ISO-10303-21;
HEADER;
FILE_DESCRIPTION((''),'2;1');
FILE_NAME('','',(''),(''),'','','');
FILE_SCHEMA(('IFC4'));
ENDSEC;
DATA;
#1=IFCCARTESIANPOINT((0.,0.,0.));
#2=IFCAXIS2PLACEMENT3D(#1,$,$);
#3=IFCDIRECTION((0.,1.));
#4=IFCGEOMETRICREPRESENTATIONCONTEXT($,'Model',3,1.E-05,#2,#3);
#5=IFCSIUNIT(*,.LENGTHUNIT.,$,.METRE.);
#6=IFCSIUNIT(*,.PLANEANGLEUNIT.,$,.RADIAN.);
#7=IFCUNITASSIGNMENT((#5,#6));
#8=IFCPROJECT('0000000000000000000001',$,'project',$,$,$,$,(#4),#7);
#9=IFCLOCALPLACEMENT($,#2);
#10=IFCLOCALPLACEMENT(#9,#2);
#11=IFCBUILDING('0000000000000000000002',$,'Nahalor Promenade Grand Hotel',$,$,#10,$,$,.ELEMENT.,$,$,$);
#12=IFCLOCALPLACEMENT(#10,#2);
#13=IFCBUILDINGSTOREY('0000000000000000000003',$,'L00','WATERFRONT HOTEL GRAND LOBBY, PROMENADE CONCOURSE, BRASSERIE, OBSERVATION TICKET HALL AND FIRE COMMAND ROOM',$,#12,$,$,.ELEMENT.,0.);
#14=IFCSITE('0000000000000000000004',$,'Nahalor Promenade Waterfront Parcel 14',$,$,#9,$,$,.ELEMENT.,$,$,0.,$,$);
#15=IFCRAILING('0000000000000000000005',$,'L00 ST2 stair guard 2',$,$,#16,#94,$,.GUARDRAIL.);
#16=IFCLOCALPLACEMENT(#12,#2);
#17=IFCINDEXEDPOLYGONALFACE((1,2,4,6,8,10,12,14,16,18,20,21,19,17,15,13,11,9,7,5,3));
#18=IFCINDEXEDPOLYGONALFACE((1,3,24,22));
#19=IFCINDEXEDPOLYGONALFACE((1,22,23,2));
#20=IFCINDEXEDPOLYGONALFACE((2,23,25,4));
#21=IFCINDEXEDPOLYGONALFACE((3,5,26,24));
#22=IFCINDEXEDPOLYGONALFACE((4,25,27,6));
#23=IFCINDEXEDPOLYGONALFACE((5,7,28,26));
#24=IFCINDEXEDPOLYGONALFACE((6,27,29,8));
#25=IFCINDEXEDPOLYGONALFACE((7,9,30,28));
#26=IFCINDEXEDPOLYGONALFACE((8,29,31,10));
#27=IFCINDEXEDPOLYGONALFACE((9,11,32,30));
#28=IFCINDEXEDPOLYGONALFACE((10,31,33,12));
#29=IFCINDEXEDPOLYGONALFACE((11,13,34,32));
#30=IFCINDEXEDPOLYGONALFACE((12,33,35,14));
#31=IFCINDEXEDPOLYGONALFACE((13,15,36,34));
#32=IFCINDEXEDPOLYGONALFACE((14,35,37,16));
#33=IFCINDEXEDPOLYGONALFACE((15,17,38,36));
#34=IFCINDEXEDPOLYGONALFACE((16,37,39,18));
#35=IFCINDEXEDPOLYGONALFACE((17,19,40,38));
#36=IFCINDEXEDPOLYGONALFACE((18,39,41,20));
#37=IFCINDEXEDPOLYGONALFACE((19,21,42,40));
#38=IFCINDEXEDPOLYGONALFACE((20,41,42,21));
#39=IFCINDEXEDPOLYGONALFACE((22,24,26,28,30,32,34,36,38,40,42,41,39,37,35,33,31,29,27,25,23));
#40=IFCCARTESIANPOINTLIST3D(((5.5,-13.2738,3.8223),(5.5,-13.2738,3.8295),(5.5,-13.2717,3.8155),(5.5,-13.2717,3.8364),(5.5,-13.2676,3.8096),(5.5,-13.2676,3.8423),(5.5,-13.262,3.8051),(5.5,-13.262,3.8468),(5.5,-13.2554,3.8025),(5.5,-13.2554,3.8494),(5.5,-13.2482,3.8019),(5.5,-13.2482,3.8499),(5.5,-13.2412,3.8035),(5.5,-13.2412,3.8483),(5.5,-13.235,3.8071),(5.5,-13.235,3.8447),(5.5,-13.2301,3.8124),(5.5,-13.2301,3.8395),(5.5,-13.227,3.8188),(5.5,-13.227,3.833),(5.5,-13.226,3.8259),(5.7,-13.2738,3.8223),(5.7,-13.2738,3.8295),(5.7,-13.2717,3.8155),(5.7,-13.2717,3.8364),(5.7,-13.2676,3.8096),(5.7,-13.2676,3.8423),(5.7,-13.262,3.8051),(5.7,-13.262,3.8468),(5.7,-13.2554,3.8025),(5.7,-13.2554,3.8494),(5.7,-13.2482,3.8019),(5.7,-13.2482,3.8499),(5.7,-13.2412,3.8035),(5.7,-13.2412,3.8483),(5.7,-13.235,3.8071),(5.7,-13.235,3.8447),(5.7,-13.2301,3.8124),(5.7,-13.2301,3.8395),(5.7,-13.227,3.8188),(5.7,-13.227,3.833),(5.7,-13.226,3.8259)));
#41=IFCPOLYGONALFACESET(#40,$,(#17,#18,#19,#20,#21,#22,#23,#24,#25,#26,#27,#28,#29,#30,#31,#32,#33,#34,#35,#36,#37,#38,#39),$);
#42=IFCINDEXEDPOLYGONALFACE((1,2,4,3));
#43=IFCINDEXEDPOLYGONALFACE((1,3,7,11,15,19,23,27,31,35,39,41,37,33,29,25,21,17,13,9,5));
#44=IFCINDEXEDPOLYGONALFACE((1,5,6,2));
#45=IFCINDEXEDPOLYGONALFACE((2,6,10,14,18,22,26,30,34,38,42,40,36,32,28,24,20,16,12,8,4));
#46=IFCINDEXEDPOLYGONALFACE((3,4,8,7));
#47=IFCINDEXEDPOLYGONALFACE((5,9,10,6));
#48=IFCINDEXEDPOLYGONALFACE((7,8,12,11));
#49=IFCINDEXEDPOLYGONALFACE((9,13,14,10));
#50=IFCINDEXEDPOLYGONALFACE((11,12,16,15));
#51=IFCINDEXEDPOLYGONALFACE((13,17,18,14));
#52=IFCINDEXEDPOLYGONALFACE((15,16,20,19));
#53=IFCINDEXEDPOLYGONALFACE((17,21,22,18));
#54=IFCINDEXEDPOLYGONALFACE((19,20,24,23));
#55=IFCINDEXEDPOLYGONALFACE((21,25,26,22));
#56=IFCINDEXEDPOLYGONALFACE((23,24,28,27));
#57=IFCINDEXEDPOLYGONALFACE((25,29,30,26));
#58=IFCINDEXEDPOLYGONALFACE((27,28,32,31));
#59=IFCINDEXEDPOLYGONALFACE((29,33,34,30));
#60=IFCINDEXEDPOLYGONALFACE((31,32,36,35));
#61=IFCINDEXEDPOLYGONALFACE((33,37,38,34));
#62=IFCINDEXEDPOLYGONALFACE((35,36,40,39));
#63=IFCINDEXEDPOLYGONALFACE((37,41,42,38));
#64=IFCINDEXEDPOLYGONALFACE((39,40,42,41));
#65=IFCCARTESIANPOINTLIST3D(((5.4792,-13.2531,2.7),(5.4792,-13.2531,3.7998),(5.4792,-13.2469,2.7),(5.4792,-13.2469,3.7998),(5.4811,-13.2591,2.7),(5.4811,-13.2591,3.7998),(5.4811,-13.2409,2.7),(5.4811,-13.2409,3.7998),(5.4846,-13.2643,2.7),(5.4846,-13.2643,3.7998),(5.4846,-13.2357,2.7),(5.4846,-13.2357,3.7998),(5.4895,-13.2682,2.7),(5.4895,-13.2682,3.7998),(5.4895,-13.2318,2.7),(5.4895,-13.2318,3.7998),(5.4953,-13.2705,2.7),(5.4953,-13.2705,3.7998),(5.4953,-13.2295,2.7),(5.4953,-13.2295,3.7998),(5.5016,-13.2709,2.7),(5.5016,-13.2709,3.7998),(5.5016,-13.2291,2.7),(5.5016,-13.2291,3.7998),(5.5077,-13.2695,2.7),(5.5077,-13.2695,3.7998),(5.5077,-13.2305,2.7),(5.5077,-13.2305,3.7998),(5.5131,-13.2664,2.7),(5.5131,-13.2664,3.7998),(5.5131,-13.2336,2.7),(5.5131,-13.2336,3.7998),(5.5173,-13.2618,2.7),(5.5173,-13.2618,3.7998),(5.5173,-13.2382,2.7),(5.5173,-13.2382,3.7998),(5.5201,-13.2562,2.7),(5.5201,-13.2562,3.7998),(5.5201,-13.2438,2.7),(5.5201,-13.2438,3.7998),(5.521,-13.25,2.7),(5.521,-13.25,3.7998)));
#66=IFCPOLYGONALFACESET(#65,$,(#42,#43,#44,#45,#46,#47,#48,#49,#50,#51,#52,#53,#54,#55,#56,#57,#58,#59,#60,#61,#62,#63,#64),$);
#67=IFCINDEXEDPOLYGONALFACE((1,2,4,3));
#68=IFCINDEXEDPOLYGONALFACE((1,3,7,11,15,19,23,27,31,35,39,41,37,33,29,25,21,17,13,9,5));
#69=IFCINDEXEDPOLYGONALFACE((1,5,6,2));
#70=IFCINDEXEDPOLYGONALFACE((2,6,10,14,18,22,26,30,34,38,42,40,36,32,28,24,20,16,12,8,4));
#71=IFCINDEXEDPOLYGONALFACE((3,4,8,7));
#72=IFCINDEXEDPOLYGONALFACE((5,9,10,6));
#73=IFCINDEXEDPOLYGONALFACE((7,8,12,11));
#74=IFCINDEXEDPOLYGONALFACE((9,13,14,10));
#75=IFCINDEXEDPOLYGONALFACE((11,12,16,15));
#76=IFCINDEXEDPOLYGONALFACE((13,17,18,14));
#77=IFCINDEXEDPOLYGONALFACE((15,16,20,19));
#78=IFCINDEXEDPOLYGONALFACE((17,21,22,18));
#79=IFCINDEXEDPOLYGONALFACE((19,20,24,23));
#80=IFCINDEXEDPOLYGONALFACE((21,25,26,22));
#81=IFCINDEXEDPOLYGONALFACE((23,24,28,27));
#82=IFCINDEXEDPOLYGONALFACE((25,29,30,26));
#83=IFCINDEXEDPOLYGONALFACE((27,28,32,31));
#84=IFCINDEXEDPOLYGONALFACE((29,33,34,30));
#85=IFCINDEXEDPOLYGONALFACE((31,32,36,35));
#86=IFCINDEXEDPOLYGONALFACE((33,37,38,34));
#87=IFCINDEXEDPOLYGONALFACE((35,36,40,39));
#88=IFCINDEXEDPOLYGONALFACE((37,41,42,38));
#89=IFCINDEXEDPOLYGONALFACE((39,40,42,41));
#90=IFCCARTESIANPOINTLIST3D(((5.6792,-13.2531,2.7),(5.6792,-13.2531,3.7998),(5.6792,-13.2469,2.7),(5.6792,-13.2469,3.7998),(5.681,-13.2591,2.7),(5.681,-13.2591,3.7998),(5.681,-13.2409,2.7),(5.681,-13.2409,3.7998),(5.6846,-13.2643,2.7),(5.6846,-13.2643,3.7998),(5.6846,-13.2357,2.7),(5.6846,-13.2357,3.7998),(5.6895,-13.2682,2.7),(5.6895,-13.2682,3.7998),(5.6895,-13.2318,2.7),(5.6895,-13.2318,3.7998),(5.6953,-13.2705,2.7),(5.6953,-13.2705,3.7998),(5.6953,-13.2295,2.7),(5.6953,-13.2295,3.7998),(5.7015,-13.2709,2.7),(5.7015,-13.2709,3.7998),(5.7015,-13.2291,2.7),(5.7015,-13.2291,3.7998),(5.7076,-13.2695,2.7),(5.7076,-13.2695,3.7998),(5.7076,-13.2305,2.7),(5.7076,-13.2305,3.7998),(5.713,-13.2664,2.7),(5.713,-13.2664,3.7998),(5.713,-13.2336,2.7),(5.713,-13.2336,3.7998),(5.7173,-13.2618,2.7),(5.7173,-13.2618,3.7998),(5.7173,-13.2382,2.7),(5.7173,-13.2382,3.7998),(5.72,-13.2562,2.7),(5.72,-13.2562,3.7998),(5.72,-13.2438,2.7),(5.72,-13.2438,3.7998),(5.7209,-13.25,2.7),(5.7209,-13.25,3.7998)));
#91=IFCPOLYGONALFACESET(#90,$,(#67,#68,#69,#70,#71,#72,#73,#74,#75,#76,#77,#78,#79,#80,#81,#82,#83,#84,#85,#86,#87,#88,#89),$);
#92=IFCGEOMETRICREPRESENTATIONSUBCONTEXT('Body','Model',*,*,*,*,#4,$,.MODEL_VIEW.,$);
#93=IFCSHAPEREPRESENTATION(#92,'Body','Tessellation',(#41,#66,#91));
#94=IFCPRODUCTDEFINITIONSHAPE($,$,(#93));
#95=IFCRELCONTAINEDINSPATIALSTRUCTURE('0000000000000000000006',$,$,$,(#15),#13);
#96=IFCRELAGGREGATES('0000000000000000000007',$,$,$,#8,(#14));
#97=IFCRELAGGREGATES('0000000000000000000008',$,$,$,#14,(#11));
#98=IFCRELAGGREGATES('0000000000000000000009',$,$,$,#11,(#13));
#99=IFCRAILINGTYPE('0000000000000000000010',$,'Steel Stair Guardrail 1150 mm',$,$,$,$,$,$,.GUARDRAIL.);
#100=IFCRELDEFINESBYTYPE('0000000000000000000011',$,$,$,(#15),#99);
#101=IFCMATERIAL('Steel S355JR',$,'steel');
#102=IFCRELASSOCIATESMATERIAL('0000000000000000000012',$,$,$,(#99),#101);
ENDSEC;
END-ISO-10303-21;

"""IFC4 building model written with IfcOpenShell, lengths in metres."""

from ifc_helpers import new_model, si_unit, direction, frame, origin, origin_2d, place, context, subcontext, project, spatial, circle, extrude, material, type_object, element, save


model = new_model("IFC4")

# Units and contexts
model_context = context("Model", 3, precision=1e-05, world=origin(), true_north=direction((0.0, 1.0)))
body_context = subcontext(model_context, "Body", "Model", "MODEL_VIEW")
ifc_project = project(units=[si_unit("LENGTHUNIT", "METRE"), si_unit("PLANEANGLEUNIT", "RADIAN")], contexts=[model_context])

# Site, building, storey
site_placement = place(None, origin())
site = spatial("IfcSite", under=ifc_project, at=site_placement, Name="Nahalor Promenade Waterfront Parcel 14", CompositionType="ELEMENT", RefElevation=0.0)
building_placement = place(site_placement, origin())
building = spatial("IfcBuilding", under=site, at=building_placement, Name="Nahalor Promenade Grand Hotel", CompositionType="ELEMENT")
storey_placement = place(building_placement, origin())
storey = spatial("IfcBuildingStorey", under=building, at=storey_placement, Name="L00", Description="WATERFRONT HOTEL GRAND LOBBY, PROMENADE CONCOURSE, BRASSERIE, OBSERVATION TICKET HALL AND FIRE COMMAND ROOM", CompositionType="ELEMENT", Elevation=0.0)

# Shared definitions
ifc_material_1 = material(Name="Steel S355JR", Category="steel")

# Railing
railing_type_1 = type_object("IfcRailingType", Name="Steel Stair Guardrail 1150 mm", PredefinedType="GUARDRAIL", material=ifc_material_1)
railing_1_placement = place(storey_placement, frame((5.5, -13.25, 2.7)))
element("IfcRailing", 1, at=railing_1_placement, inside=storey, type_object=railing_type_1, Name="L00 ST2 stair guard 2", PredefinedType="GUARDRAIL", context=body_context, shape_type="SweptSolid", body=[
    extrude(circle(Radius=0.024, at=origin_2d()), frame((0.0, 0.0, 1.126), z_axis=(1.0, 0.0, 0.0), x_axis=(0.0, 1.0, 0.0)), (0.0, 0.0, 1.0), 0.2),
    extrude(circle(Radius=0.021, at=origin_2d()), origin(), (0.0, 0.0, 1.0), 1.0999),
    extrude(circle(Radius=0.021, at=origin_2d()), frame((0.2, 0.0, 0.0)), (0.0, 0.0, 1.0), 1.0999),
])

save(model, "model.ifc")
